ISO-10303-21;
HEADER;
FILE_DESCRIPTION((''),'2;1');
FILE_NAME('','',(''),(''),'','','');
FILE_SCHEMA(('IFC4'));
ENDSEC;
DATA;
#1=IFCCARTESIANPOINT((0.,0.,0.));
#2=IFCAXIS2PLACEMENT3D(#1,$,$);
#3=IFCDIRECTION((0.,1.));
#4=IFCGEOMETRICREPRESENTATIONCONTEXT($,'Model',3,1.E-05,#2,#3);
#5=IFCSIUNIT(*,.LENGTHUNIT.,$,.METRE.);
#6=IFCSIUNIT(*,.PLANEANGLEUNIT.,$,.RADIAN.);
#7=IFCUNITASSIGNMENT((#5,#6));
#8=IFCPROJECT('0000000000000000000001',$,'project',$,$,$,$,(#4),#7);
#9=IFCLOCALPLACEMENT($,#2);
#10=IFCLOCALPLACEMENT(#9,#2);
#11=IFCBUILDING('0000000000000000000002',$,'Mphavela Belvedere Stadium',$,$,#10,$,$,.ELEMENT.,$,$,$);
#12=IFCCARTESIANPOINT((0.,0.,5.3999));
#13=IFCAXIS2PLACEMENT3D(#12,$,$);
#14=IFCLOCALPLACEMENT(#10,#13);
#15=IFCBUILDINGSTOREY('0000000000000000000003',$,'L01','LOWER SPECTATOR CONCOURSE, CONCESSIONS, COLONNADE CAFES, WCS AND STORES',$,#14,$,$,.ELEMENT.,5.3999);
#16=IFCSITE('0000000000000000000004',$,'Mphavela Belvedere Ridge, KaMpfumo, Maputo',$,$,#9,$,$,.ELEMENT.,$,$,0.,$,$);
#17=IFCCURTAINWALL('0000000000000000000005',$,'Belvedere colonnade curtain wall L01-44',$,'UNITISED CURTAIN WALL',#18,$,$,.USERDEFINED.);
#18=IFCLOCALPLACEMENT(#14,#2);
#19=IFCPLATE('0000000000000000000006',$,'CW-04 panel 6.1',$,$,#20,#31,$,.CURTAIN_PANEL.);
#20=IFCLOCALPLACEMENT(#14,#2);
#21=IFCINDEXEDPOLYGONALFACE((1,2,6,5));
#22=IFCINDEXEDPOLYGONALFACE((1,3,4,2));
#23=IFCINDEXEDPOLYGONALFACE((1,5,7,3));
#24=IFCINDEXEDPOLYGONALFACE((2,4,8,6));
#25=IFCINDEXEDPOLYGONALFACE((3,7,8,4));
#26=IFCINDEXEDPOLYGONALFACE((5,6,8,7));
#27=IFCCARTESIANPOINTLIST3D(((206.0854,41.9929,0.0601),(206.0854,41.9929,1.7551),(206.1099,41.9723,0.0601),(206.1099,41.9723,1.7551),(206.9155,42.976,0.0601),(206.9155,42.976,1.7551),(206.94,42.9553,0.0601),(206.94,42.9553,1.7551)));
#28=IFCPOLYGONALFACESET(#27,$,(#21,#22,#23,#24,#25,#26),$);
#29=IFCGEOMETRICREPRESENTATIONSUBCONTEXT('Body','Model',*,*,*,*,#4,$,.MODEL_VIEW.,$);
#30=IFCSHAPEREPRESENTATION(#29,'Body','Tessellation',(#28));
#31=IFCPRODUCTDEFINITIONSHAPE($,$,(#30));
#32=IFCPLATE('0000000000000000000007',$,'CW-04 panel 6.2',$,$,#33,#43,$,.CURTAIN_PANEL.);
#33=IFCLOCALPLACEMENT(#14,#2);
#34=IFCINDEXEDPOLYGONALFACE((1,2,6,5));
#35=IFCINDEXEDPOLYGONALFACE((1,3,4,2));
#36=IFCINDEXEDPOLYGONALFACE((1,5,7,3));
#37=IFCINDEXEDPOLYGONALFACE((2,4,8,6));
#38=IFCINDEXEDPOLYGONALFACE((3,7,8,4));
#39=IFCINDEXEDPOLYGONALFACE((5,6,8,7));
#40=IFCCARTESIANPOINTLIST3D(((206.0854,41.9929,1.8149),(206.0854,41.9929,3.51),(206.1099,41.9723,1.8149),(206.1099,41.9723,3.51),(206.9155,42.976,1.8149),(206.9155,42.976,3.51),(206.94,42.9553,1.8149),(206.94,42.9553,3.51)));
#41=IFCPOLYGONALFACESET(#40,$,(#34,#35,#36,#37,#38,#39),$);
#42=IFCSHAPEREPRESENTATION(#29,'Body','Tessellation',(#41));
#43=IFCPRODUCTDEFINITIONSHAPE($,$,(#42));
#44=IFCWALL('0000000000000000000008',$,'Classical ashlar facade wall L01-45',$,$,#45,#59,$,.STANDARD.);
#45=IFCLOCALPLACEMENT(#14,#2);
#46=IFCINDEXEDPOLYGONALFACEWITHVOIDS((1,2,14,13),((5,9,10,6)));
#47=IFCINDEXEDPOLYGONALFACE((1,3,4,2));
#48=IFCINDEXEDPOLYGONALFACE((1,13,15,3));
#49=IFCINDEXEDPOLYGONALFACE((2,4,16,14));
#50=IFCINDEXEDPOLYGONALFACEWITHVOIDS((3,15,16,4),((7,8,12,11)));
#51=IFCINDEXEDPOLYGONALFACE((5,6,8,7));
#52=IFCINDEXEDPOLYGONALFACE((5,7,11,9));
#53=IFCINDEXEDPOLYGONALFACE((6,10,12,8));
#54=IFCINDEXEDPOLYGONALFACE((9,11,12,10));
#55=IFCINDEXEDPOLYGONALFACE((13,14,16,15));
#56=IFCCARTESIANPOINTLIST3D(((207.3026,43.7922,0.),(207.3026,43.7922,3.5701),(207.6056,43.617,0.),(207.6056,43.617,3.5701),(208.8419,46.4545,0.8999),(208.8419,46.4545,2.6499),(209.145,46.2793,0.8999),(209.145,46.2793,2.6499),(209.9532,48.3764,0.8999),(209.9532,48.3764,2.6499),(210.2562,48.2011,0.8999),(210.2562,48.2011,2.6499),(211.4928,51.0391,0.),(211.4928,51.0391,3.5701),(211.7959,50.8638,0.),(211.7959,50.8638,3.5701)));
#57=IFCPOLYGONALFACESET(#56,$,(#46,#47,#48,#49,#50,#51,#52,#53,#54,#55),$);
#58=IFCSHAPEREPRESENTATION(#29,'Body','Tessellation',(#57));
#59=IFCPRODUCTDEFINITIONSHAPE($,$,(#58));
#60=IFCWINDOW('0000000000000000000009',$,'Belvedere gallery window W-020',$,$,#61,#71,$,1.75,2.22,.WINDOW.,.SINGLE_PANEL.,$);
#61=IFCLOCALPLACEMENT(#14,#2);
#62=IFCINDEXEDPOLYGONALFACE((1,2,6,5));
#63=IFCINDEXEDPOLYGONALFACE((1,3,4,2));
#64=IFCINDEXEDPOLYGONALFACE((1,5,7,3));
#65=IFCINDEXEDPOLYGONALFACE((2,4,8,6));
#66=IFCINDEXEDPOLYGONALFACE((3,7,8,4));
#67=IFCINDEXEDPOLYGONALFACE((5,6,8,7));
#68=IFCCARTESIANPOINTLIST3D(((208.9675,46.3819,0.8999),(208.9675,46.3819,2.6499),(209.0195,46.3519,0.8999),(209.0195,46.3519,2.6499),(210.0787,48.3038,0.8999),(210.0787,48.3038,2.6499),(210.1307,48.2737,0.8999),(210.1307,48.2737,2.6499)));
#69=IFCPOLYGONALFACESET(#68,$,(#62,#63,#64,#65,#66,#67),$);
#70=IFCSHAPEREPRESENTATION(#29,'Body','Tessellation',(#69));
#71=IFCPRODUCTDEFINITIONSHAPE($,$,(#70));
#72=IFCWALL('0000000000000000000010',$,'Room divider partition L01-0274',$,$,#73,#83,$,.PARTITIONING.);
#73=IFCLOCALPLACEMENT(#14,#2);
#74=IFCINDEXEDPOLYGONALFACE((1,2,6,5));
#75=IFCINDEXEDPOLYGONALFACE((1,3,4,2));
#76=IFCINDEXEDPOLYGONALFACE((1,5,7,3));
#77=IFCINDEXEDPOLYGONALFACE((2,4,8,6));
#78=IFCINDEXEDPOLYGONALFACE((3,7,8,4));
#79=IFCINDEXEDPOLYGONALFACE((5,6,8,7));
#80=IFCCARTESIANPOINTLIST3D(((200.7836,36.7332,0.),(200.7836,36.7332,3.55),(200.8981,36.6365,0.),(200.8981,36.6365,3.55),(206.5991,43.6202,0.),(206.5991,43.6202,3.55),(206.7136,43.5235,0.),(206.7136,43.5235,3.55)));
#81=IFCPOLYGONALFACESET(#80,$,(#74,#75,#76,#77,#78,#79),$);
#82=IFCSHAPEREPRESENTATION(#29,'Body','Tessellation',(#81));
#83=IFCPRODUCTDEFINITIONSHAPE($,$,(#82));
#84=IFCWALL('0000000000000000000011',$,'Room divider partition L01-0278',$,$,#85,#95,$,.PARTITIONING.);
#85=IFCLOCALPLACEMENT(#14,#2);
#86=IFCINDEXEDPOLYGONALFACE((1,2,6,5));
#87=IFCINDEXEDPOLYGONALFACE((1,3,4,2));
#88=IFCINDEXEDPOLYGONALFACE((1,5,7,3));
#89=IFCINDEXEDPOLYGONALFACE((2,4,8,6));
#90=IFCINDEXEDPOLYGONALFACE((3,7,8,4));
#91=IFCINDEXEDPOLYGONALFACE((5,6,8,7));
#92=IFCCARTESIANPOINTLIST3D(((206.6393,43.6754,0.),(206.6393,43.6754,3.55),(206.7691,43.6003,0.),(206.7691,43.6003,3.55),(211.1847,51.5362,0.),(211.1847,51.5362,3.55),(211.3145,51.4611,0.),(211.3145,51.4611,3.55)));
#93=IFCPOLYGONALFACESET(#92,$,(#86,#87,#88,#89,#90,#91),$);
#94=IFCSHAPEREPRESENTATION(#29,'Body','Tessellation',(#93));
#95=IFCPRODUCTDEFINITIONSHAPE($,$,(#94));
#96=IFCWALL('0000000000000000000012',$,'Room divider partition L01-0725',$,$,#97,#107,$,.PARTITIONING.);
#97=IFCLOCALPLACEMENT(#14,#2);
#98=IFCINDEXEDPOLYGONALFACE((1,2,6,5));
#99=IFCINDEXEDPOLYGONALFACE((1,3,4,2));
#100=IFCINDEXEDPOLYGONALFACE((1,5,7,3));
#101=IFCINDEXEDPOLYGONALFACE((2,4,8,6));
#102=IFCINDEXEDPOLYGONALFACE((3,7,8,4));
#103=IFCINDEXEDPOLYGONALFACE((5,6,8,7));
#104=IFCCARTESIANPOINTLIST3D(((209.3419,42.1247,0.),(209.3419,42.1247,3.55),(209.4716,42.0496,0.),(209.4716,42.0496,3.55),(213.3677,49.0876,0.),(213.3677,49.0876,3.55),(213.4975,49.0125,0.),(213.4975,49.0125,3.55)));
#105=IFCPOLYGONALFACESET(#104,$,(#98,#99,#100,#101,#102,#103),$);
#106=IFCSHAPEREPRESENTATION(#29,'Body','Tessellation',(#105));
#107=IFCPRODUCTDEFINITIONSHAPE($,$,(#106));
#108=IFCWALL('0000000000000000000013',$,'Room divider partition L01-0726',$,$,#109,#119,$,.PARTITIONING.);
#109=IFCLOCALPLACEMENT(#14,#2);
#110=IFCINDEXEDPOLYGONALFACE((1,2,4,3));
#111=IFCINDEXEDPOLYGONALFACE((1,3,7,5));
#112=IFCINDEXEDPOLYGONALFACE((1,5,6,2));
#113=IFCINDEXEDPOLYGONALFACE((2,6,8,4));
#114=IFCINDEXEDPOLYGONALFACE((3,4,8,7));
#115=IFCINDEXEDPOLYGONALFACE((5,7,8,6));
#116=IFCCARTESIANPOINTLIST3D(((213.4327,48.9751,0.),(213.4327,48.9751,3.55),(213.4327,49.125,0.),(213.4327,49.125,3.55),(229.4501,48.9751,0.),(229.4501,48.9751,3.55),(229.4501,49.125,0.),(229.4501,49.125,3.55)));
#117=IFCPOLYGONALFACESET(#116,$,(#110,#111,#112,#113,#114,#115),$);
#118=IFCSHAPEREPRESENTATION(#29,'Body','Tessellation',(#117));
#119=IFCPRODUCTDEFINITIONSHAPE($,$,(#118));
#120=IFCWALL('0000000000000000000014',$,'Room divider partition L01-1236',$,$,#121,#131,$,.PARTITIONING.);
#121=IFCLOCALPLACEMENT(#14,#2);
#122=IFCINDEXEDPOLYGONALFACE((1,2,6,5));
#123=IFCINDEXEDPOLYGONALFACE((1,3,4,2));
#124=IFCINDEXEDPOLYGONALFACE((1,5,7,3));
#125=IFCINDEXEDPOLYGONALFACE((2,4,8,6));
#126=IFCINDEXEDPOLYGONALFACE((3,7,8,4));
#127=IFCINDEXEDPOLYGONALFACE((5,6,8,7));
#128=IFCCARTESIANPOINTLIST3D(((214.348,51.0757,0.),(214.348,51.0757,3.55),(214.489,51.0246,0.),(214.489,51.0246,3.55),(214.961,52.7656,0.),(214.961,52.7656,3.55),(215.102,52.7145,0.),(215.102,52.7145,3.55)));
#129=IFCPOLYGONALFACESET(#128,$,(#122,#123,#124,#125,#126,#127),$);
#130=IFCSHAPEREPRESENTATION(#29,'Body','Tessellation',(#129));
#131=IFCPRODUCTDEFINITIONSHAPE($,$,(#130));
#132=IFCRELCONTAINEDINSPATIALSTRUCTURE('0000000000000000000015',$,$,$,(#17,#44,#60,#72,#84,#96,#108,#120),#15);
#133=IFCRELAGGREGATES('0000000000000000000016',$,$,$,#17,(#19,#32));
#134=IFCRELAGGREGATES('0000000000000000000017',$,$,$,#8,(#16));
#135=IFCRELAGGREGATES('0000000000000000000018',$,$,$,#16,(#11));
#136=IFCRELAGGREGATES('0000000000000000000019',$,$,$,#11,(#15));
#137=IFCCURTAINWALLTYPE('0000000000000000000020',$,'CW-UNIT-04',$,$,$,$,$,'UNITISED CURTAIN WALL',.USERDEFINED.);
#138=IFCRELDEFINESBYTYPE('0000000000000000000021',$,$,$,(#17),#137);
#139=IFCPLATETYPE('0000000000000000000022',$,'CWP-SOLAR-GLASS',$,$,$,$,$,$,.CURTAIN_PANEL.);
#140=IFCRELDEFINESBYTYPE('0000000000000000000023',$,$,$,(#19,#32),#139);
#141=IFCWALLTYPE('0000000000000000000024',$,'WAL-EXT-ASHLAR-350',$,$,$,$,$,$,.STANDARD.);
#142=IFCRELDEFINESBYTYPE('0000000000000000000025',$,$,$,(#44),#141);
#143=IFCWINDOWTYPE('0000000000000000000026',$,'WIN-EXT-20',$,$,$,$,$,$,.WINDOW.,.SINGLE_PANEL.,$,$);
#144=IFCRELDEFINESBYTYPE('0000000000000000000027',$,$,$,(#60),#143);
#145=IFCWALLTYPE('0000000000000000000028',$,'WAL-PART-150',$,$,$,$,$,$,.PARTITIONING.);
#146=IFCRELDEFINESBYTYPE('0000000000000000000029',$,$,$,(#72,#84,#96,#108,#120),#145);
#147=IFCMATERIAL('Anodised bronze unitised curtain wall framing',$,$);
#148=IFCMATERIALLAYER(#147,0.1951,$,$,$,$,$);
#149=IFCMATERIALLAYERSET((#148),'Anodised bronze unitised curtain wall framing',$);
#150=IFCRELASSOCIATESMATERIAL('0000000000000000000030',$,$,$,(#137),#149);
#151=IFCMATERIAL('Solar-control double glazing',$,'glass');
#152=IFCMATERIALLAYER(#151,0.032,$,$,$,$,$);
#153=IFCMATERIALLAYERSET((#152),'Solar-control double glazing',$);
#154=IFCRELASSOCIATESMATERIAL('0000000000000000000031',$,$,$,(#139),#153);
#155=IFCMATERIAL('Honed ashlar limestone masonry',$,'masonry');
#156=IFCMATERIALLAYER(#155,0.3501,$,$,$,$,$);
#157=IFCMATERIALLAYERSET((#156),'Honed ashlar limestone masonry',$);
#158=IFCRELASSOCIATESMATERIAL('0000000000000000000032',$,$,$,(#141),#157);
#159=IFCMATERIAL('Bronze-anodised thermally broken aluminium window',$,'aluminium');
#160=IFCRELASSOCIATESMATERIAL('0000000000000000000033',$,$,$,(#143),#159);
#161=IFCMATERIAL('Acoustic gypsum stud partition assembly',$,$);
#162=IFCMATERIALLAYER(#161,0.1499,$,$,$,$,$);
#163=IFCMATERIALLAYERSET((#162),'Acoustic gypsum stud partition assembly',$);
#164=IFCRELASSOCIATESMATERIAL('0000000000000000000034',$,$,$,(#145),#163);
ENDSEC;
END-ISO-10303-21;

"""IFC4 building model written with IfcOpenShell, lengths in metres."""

from ifc_helpers import new_model, si_unit, direction, frame, frame_2d, origin, origin_2d, place, context, subcontext, project, spatial, rectangle, extrude, material, layer, layer_set, type_object, element, fill, aggregate, save


model = new_model("IFC4")

# Units and contexts
model_context = context("Model", 3, precision=1e-05, world=origin(), true_north=direction((0.0, 1.0)))
body_context = subcontext(model_context, "Body", "Model", "MODEL_VIEW")
ifc_project = project(units=[si_unit("LENGTHUNIT", "METRE"), si_unit("PLANEANGLEUNIT", "RADIAN")], contexts=[model_context])

# Site, building, storey
site_placement = place(None, origin())
site = spatial("IfcSite", under=ifc_project, at=site_placement, Name="Mphavela Belvedere Ridge, KaMpfumo, Maputo", CompositionType="ELEMENT", RefElevation=0.0)
building_placement = place(site_placement, origin())
building = spatial("IfcBuilding", under=site, at=building_placement, Name="Mphavela Belvedere Stadium", CompositionType="ELEMENT")
storey_placement = place(building_placement, frame((0.0, 0.0, 5.3999)))
storey = spatial("IfcBuildingStorey", under=building, at=storey_placement, Name="L01", Description="LOWER SPECTATOR CONCOURSE, CONCESSIONS, COLONNADE CAFES, WCS AND STORES", CompositionType="ELEMENT", Elevation=5.3999)

# Curtain wall, plates
ifc_material_1 = material(Name="Anodised bronze unitised curtain wall framing")
ifc_layer_1 = layer(ifc_material_1, 0.1951)
ifc_layer_set_1 = layer_set([ifc_layer_1], Name="Anodised bronze unitised curtain wall framing")
curtain_wall_type = type_object("IfcCurtainWallType", Name="CW-UNIT-04", ElementType="UNITISED CURTAIN WALL", PredefinedType="USERDEFINED", material=ifc_layer_set_1)
curtain_wall_placement = place(storey_placement, origin())
curtain_wall = element("IfcCurtainWall", 1, at=curtain_wall_placement, inside=storey, type_object=curtain_wall_type, Name="Belvedere colonnade curtain wall L01-44", ObjectType="UNITISED CURTAIN WALL", PredefinedType="USERDEFINED")
ifc_material_2 = material(Name="Solar-control double glazing", Category="glass")
ifc_layer_2 = layer(ifc_material_2, 0.032)
ifc_layer_set_2 = layer_set([ifc_layer_2], Name="Solar-control double glazing")
plate_type = type_object("IfcPlateType", Name="CWP-SOLAR-GLASS", PredefinedType="CURTAIN_PANEL", material=ifc_layer_set_2)
plate_1_placement = place(storey_placement, frame((206.5127, 42.4741, 0.0601), z_axis=(0.0, 0.0, 1.0), x_axis=(0.645173, 0.764036, 0.0)))
plate_1 = element("IfcPlate", 2, at=plate_1_placement, type_object=plate_type, Name="CW-04 panel 6.1", PredefinedType="CURTAIN_PANEL", context=body_context, shape_type="SweptSolid", body=[
    extrude(rectangle(XDim=1.2866, YDim=0.032, at=origin_2d()), origin(), (0.0, 0.0, 1.0), 1.6951),
])
plate_2_placement = place(storey_placement, frame((206.5127, 42.4741, 1.8149), z_axis=(0.0, 0.0, 1.0), x_axis=(0.645173, 0.764036, 0.0)))
plate_2 = element("IfcPlate", 3, at=plate_2_placement, type_object=plate_type, Name="CW-04 panel 6.2", PredefinedType="CURTAIN_PANEL", context=body_context, shape_type="SweptSolid", body=[
    extrude(rectangle(XDim=1.2866, YDim=0.032, at=origin_2d()), origin(), (0.0, 0.0, 1.0), 1.6951),
])
aggregate(curtain_wall, [plate_1, plate_2])

# Wall, opening, window
ifc_material_3 = material(Name="Honed ashlar limestone masonry", Category="masonry")
ifc_layer_3 = layer(ifc_material_3, 0.3501)
ifc_layer_set_3 = layer_set([ifc_layer_3], Name="Honed ashlar limestone masonry")
wall_type_1 = type_object("IfcWallType", Name="WAL-EXT-ASHLAR-350", PredefinedType="STANDARD", material=ifc_layer_set_3)
wall_1_placement = place(storey_placement, frame((207.4541, 43.7046, 0.0), z_axis=(0.0, 0.0, 1.0), x_axis=(0.500558, 0.865703, 0.0)))
wall_1 = element("IfcWall", 4, at=wall_1_placement, inside=storey, type_object=wall_type_1, Name="Classical ashlar facade wall L01-45", PredefinedType="STANDARD", context=body_context, shape_type="SweptSolid", body=[
    extrude(rectangle(XDim=8.3711, YDim=0.3501, at=frame_2d((4.1855, 0.0))), origin(), (0.0, 0.0, 1.0), 3.5701),
])
opening_placement = place(wall_1_placement, frame((3.0754, 0.0, 0.8999)))
opening = element("IfcOpeningElement", 5, at=opening_placement, cuts=wall_1, PredefinedType="OPENING", context=body_context, shape_type="SweptSolid", body=[
    extrude(rectangle(XDim=2.22, YDim=1.75, at=frame_2d((1.1099, 0.875))), frame((0.0, 0.1851, 0.0), z_axis=(0.0, -1.0, 0.0), x_axis=(1.0, 0.0, 0.0)), (0.0, 0.0, 1.0), 0.3701),
])
ifc_material_4 = material(Name="Bronze-anodised thermally broken aluminium window", Category="aluminium")
window_type = type_object("IfcWindowType", Name="WIN-EXT-20", PartitioningType="SINGLE_PANEL", PredefinedType="WINDOW", material=ifc_material_4)
window_placement = place(opening_placement, origin())
window = element("IfcWindow", 6, at=window_placement, inside=storey, type_object=window_type, Name="Belvedere gallery window W-020", OverallHeight=1.75, OverallWidth=2.22, PartitioningType="SINGLE_PANEL", PredefinedType="WINDOW", context=body_context, shape_type="SweptSolid", body=[
    extrude(rectangle(XDim=2.22, YDim=1.75, at=frame_2d((1.1099, 0.875))), frame((0.0, 0.03, 0.0), z_axis=(0.0, -1.0, 0.0), x_axis=(1.0, 0.0, 0.0)), (0.0, 0.0, 1.0), 0.0601),
])
fill(opening, window)

# Walls
ifc_material_5 = material(Name="Acoustic gypsum stud partition assembly")
ifc_layer_4 = layer(ifc_material_5, 0.1499)
ifc_layer_set_4 = layer_set([ifc_layer_4], Name="Acoustic gypsum stud partition assembly")
wall_type_2 = type_object("IfcWallType", Name="WAL-PART-150", PredefinedType="PARTITIONING", material=ifc_layer_set_4)
wall_2_placement = place(storey_placement, frame((206.6562, 43.5718, 0.0), z_axis=(0.0, 0.0, 1.0), x_axis=(-0.645166, -0.764042, 0.0)))
element("IfcWall", 7, at=wall_2_placement, inside=storey, type_object=wall_type_2, Name="Room divider partition L01-0274", PredefinedType="PARTITIONING", context=body_context, shape_type="SweptSolid", body=[
    extrude(rectangle(XDim=9.0139, YDim=0.1499, at=frame_2d((4.5068, 0.0))), origin(), (0.0, 0.0, 1.0), 3.55),
])
wall_3_placement = place(storey_placement, frame((211.2495, 51.4985, 0.0), z_axis=(0.0, 0.0, 1.0), x_axis=(-0.500574, -0.865694, 0.0)))
element("IfcWall", 8, at=wall_3_placement, inside=storey, type_object=wall_type_2, Name="Room divider partition L01-0278", PredefinedType="PARTITIONING", context=body_context, shape_type="SweptSolid", body=[
    extrude(rectangle(XDim=9.0803, YDim=0.1499, at=frame_2d((4.54, 0.0))), origin(), (0.0, 0.0, 1.0), 3.55),
])
wall_4_placement = place(storey_placement, frame((209.4067, 42.0872, 0.0), z_axis=(0.0, 0.0, 1.0), x_axis=(0.500546, 0.86571, 0.0)))
element("IfcWall", 9, at=wall_4_placement, inside=storey, type_object=wall_type_2, Name="Room divider partition L01-0725", PredefinedType="PARTITIONING", context=body_context, shape_type="SweptSolid", body=[
    extrude(rectangle(XDim=8.043, YDim=0.1499, at=frame_2d((4.0215, 0.0))), origin(), (0.0, 0.0, 1.0), 3.55),
])
wall_5_placement = place(storey_placement, frame((213.4326, 49.05, 0.0), z_axis=(0.0, 0.0, 1.0), x_axis=(1.0, 0.0, 0.0)))
element("IfcWall", 10, at=wall_5_placement, inside=storey, type_object=wall_type_2, Name="Room divider partition L01-0726", PredefinedType="PARTITIONING", context=body_context, shape_type="SweptSolid", body=[
    extrude(rectangle(XDim=16.0173, YDim=0.1499, at=frame_2d((8.0088, 0.0))), origin(), (0.0, 0.0, 1.0), 3.55),
])
wall_6_placement = place(storey_placement, frame((214.4185, 51.05, 0.0), z_axis=(0.0, 0.0, 1.0), x_axis=(0.341012, 0.940059, 0.0)))
element("IfcWall", 11, at=wall_6_placement, inside=storey, type_object=wall_type_2, Name="Room divider partition L01-1236", PredefinedType="PARTITIONING", context=body_context, shape_type="SweptSolid", body=[
    extrude(rectangle(XDim=1.7976, YDim=0.1499, at=frame_2d((0.8989, 0.0))), origin(), (0.0, 0.0, 1.0), 3.55),
])

save(model, "model.ifc")
